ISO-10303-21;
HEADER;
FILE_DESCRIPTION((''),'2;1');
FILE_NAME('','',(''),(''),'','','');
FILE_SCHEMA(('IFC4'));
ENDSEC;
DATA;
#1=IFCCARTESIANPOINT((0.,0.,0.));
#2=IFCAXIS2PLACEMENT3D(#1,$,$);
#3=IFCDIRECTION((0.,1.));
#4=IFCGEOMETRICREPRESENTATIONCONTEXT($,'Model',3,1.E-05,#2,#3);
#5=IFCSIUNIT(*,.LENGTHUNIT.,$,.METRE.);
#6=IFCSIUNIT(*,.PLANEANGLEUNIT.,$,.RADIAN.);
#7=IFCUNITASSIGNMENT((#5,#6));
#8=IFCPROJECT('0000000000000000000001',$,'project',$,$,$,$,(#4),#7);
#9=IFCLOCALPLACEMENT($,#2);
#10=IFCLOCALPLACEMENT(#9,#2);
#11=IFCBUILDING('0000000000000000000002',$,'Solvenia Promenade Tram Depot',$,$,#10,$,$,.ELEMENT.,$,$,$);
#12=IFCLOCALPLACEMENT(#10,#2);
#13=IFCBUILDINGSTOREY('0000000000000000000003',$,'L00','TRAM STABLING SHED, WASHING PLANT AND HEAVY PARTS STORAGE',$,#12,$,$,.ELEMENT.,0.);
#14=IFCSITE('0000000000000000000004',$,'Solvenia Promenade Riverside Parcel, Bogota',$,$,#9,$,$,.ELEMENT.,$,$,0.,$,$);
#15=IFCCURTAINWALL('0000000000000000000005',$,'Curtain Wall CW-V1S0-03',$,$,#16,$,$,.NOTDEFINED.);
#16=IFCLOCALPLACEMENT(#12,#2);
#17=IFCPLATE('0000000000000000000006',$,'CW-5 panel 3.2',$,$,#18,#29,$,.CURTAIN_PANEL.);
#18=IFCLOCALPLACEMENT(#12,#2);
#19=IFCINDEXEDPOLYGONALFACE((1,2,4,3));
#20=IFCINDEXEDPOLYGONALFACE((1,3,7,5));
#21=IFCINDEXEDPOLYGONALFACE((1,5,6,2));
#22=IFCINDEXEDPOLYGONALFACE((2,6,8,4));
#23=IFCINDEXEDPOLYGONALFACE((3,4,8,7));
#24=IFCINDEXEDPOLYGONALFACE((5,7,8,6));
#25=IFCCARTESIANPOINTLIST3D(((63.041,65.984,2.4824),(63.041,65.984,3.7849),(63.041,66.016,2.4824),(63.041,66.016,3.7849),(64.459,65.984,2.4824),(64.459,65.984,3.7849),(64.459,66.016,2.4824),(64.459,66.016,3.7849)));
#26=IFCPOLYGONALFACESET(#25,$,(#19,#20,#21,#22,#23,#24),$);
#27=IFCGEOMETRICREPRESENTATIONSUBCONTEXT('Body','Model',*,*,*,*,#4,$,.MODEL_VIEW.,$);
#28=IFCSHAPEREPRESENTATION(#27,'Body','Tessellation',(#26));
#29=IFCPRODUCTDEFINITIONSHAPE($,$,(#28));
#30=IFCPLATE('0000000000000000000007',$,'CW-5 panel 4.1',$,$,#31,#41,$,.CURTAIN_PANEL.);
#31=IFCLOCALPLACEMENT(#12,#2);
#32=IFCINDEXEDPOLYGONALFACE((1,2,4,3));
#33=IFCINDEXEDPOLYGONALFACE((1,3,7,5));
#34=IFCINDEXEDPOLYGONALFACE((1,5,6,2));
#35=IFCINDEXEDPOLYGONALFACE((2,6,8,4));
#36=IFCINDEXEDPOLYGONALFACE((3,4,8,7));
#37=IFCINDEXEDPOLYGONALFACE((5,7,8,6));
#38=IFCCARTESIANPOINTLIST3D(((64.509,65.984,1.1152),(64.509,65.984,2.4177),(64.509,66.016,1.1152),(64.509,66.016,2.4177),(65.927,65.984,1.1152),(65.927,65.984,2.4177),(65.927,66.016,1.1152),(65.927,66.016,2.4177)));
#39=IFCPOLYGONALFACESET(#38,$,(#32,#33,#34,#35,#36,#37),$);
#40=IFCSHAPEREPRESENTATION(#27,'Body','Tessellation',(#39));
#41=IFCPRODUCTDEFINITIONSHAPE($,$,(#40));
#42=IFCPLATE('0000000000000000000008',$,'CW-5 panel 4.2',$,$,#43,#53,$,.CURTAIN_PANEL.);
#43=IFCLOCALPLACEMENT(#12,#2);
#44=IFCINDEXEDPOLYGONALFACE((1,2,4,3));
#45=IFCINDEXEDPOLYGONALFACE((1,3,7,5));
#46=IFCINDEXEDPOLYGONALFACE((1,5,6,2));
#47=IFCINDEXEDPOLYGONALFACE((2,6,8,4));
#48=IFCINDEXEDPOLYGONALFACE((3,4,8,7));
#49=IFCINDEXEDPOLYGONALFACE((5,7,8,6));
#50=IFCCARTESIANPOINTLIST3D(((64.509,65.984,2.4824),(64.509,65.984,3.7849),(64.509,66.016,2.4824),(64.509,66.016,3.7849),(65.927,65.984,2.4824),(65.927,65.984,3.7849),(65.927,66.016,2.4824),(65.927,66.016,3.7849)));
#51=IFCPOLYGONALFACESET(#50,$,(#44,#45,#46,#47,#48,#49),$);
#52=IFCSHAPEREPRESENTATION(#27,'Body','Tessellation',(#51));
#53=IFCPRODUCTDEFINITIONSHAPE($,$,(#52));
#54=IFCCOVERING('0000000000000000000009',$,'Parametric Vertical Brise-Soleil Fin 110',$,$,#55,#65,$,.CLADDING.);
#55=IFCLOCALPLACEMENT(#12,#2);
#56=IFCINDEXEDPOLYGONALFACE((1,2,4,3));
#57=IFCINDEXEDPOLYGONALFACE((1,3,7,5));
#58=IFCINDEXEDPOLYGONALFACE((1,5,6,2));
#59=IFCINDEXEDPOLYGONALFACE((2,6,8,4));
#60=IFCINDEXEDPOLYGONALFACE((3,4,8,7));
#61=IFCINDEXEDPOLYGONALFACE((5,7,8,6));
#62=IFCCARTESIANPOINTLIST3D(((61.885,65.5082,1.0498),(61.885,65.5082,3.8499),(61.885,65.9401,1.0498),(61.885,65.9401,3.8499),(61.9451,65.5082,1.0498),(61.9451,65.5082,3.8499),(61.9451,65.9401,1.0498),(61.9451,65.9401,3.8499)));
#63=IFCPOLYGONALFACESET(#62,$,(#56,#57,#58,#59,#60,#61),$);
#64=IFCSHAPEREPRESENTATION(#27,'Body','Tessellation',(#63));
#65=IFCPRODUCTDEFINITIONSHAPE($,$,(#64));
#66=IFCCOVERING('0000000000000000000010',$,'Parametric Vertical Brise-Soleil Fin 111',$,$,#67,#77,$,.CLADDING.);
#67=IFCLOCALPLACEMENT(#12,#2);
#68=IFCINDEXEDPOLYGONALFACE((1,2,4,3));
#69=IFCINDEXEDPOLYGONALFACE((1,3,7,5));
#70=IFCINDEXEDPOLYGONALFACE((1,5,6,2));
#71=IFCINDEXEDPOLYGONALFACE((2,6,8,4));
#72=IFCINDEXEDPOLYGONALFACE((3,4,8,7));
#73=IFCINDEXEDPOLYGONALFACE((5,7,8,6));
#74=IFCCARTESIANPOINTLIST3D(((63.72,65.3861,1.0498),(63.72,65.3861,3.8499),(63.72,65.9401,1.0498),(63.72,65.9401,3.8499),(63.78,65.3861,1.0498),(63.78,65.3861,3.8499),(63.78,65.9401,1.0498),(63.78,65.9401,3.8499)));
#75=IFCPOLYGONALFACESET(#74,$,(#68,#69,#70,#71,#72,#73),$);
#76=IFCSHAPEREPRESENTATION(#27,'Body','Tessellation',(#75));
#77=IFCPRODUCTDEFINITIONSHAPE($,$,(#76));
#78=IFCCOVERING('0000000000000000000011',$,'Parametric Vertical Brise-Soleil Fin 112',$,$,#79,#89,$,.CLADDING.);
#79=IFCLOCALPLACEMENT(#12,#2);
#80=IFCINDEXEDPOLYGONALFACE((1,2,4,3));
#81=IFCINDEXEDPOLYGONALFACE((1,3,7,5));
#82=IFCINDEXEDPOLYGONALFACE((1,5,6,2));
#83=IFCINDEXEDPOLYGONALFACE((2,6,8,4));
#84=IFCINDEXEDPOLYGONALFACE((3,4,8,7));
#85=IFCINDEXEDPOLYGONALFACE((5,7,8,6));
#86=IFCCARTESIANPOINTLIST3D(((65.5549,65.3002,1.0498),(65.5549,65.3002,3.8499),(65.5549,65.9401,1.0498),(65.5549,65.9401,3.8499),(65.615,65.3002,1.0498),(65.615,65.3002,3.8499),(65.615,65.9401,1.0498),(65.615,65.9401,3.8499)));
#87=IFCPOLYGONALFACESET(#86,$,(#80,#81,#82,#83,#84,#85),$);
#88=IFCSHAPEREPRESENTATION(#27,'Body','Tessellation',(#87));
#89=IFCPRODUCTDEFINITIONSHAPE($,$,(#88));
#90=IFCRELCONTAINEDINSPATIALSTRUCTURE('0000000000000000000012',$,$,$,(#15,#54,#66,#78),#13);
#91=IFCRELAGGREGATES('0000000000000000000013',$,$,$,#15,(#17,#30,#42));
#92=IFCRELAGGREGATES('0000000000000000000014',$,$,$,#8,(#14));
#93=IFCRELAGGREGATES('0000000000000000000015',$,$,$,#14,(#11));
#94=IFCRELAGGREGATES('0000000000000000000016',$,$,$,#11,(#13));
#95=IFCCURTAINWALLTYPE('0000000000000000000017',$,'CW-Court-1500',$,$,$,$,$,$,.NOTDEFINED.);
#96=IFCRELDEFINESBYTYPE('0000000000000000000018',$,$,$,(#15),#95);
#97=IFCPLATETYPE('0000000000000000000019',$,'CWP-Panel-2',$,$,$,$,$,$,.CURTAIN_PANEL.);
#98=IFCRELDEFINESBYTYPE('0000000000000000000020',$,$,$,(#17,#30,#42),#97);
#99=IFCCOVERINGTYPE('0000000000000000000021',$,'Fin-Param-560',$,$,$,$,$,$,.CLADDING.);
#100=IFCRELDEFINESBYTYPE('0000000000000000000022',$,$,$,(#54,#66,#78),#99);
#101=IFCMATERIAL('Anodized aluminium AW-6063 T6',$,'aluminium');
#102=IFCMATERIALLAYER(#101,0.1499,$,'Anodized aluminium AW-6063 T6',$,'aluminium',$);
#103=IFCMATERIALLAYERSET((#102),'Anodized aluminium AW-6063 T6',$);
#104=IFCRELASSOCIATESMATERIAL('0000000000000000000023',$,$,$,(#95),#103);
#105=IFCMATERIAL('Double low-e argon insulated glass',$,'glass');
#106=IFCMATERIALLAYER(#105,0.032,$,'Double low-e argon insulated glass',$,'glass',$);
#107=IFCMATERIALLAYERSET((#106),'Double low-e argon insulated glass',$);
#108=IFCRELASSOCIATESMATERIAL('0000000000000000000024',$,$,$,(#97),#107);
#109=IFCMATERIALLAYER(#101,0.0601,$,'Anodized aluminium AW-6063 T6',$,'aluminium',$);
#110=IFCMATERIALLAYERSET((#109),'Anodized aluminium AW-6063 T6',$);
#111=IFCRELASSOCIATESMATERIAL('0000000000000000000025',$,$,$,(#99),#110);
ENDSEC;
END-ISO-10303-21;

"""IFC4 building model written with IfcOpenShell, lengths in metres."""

from ifc_helpers import new_model, si_unit, direction, frame, origin, origin_2d, place, context, subcontext, project, spatial, rectangle, extrude, material, layer, layer_set, type_object, element, aggregate, save


model = new_model("IFC4")

# Units and contexts
model_context = context("Model", 3, precision=1e-05, world=origin(), true_north=direction((0.0, 1.0)))
body_context = subcontext(model_context, "Body", "Model", "MODEL_VIEW")
ifc_project = project(units=[si_unit("LENGTHUNIT", "METRE"), si_unit("PLANEANGLEUNIT", "RADIAN")], contexts=[model_context])

# Site, building, storey
site_placement = place(None, origin())
site = spatial("IfcSite", under=ifc_project, at=site_placement, Name="Solvenia Promenade Riverside Parcel, Bogota", CompositionType="ELEMENT", RefElevation=0.0)
building_placement = place(site_placement, origin())
building = spatial("IfcBuilding", under=site, at=building_placement, Name="Solvenia Promenade Tram Depot", CompositionType="ELEMENT")
storey_placement = place(building_placement, origin())
storey = spatial("IfcBuildingStorey", under=building, at=storey_placement, Name="L00", Description="TRAM STABLING SHED, WASHING PLANT AND HEAVY PARTS STORAGE", CompositionType="ELEMENT", Elevation=0.0)

# Curtain wall, plates
ifc_material_1 = material(Name="Anodized aluminium AW-6063 T6", Category="aluminium")
ifc_layer_1 = layer(ifc_material_1, 0.1499, Name="Anodized aluminium AW-6063 T6", Category="aluminium")
ifc_layer_set_1 = layer_set([ifc_layer_1], Name="Anodized aluminium AW-6063 T6")
curtain_wall_type = type_object("IfcCurtainWallType", Name="CW-Court-1500", PredefinedType="NOTDEFINED", material=ifc_layer_set_1)
curtain_wall_placement = place(storey_placement, origin())
curtain_wall = element("IfcCurtainWall", 1, at=curtain_wall_placement, inside=storey, type_object=curtain_wall_type, Name="Curtain Wall CW-V1S0-03", PredefinedType="NOTDEFINED")
ifc_material_2 = material(Name="Double low-e argon insulated glass", Category="glass")
ifc_layer_2 = layer(ifc_material_2, 0.032, Name="Double low-e argon insulated glass", Category="glass")
ifc_layer_set_2 = layer_set([ifc_layer_2], Name="Double low-e argon insulated glass")
plate_type = type_object("IfcPlateType", Name="CWP-Panel-2", PredefinedType="CURTAIN_PANEL", material=ifc_layer_set_2)
plate_1_placement = place(storey_placement, frame((63.75, 66.0, 2.4824), z_axis=(0.0, 0.0, 1.0), x_axis=(1.0, 0.0, 0.0)))
plate_1 = element("IfcPlate", 2, at=plate_1_placement, type_object=plate_type, Name="CW-5 panel 3.2", PredefinedType="CURTAIN_PANEL", context=body_context, shape_type="SweptSolid", body=[
    extrude(rectangle(XDim=1.418, YDim=0.032, at=origin_2d()), origin(), (0.0, 0.0, 1.0), 1.3025),
])
plate_2_placement = place(storey_placement, frame((65.218, 66.0, 1.1152), z_axis=(0.0, 0.0, 1.0), x_axis=(1.0, 0.0, 0.0)))
plate_2 = element("IfcPlate", 3, at=plate_2_placement, type_object=plate_type, Name="CW-5 panel 4.1", PredefinedType="CURTAIN_PANEL", context=body_context, shape_type="SweptSolid", body=[
    extrude(rectangle(XDim=1.418, YDim=0.032, at=origin_2d()), origin(), (0.0, 0.0, 1.0), 1.3025),
])
plate_3_placement = place(storey_placement, frame((65.218, 66.0, 2.4824), z_axis=(0.0, 0.0, 1.0), x_axis=(1.0, 0.0, 0.0)))
plate_3 = element("IfcPlate", 4, at=plate_3_placement, type_object=plate_type, Name="CW-5 panel 4.2", PredefinedType="CURTAIN_PANEL", context=body_context, shape_type="SweptSolid", body=[
    extrude(rectangle(XDim=1.418, YDim=0.032, at=origin_2d()), origin(), (0.0, 0.0, 1.0), 1.3025),
])
aggregate(curtain_wall, [plate_1, plate_2, plate_3])

# Coverings
ifc_layer_3 = layer(ifc_material_1, 0.0601, Name="Anodized aluminium AW-6063 T6", Category="aluminium")
ifc_layer_set_3 = layer_set([ifc_layer_3], Name="Anodized aluminium AW-6063 T6")
covering_type = type_object("IfcCoveringType", Name="Fin-Param-560", PredefinedType="CLADDING", material=ifc_layer_set_3)
covering_1_placement = place(storey_placement, frame((61.915, 65.7241, 1.0498), z_axis=(0.0, 0.0, 1.0), x_axis=(1.0, 0.0, 0.0)))
element("IfcCovering", 5, at=covering_1_placement, inside=storey, type_object=covering_type, Name="Parametric Vertical Brise-Soleil Fin 110", PredefinedType="CLADDING", context=body_context, shape_type="SweptSolid", body=[
    extrude(rectangle(XDim=0.0601, YDim=0.4319, at=origin_2d()), origin(), (0.0, 0.0, 1.0), 2.8),
])
covering_2_placement = place(storey_placement, frame((63.75, 65.6631, 1.0498), z_axis=(0.0, 0.0, 1.0), x_axis=(1.0, 0.0, 0.0)))
element("IfcCovering", 6, at=covering_2_placement, inside=storey, type_object=covering_type, Name="Parametric Vertical Brise-Soleil Fin 111", PredefinedType="CLADDING", context=body_context, shape_type="SweptSolid", body=[
    extrude(rectangle(XDim=0.0601, YDim=0.554, at=origin_2d()), origin(), (0.0, 0.0, 1.0), 2.8),
])
covering_3_placement = place(storey_placement, frame((65.585, 65.6201, 1.0498), z_axis=(0.0, 0.0, 1.0), x_axis=(1.0, 0.0, 0.0)))
element("IfcCovering", 7, at=covering_3_placement, inside=storey, type_object=covering_type, Name="Parametric Vertical Brise-Soleil Fin 112", PredefinedType="CLADDING", context=body_context, shape_type="SweptSolid", body=[
    extrude(rectangle(XDim=0.0601, YDim=0.6399, at=origin_2d()), origin(), (0.0, 0.0, 1.0), 2.8),
])

save(model, "model.ifc")
